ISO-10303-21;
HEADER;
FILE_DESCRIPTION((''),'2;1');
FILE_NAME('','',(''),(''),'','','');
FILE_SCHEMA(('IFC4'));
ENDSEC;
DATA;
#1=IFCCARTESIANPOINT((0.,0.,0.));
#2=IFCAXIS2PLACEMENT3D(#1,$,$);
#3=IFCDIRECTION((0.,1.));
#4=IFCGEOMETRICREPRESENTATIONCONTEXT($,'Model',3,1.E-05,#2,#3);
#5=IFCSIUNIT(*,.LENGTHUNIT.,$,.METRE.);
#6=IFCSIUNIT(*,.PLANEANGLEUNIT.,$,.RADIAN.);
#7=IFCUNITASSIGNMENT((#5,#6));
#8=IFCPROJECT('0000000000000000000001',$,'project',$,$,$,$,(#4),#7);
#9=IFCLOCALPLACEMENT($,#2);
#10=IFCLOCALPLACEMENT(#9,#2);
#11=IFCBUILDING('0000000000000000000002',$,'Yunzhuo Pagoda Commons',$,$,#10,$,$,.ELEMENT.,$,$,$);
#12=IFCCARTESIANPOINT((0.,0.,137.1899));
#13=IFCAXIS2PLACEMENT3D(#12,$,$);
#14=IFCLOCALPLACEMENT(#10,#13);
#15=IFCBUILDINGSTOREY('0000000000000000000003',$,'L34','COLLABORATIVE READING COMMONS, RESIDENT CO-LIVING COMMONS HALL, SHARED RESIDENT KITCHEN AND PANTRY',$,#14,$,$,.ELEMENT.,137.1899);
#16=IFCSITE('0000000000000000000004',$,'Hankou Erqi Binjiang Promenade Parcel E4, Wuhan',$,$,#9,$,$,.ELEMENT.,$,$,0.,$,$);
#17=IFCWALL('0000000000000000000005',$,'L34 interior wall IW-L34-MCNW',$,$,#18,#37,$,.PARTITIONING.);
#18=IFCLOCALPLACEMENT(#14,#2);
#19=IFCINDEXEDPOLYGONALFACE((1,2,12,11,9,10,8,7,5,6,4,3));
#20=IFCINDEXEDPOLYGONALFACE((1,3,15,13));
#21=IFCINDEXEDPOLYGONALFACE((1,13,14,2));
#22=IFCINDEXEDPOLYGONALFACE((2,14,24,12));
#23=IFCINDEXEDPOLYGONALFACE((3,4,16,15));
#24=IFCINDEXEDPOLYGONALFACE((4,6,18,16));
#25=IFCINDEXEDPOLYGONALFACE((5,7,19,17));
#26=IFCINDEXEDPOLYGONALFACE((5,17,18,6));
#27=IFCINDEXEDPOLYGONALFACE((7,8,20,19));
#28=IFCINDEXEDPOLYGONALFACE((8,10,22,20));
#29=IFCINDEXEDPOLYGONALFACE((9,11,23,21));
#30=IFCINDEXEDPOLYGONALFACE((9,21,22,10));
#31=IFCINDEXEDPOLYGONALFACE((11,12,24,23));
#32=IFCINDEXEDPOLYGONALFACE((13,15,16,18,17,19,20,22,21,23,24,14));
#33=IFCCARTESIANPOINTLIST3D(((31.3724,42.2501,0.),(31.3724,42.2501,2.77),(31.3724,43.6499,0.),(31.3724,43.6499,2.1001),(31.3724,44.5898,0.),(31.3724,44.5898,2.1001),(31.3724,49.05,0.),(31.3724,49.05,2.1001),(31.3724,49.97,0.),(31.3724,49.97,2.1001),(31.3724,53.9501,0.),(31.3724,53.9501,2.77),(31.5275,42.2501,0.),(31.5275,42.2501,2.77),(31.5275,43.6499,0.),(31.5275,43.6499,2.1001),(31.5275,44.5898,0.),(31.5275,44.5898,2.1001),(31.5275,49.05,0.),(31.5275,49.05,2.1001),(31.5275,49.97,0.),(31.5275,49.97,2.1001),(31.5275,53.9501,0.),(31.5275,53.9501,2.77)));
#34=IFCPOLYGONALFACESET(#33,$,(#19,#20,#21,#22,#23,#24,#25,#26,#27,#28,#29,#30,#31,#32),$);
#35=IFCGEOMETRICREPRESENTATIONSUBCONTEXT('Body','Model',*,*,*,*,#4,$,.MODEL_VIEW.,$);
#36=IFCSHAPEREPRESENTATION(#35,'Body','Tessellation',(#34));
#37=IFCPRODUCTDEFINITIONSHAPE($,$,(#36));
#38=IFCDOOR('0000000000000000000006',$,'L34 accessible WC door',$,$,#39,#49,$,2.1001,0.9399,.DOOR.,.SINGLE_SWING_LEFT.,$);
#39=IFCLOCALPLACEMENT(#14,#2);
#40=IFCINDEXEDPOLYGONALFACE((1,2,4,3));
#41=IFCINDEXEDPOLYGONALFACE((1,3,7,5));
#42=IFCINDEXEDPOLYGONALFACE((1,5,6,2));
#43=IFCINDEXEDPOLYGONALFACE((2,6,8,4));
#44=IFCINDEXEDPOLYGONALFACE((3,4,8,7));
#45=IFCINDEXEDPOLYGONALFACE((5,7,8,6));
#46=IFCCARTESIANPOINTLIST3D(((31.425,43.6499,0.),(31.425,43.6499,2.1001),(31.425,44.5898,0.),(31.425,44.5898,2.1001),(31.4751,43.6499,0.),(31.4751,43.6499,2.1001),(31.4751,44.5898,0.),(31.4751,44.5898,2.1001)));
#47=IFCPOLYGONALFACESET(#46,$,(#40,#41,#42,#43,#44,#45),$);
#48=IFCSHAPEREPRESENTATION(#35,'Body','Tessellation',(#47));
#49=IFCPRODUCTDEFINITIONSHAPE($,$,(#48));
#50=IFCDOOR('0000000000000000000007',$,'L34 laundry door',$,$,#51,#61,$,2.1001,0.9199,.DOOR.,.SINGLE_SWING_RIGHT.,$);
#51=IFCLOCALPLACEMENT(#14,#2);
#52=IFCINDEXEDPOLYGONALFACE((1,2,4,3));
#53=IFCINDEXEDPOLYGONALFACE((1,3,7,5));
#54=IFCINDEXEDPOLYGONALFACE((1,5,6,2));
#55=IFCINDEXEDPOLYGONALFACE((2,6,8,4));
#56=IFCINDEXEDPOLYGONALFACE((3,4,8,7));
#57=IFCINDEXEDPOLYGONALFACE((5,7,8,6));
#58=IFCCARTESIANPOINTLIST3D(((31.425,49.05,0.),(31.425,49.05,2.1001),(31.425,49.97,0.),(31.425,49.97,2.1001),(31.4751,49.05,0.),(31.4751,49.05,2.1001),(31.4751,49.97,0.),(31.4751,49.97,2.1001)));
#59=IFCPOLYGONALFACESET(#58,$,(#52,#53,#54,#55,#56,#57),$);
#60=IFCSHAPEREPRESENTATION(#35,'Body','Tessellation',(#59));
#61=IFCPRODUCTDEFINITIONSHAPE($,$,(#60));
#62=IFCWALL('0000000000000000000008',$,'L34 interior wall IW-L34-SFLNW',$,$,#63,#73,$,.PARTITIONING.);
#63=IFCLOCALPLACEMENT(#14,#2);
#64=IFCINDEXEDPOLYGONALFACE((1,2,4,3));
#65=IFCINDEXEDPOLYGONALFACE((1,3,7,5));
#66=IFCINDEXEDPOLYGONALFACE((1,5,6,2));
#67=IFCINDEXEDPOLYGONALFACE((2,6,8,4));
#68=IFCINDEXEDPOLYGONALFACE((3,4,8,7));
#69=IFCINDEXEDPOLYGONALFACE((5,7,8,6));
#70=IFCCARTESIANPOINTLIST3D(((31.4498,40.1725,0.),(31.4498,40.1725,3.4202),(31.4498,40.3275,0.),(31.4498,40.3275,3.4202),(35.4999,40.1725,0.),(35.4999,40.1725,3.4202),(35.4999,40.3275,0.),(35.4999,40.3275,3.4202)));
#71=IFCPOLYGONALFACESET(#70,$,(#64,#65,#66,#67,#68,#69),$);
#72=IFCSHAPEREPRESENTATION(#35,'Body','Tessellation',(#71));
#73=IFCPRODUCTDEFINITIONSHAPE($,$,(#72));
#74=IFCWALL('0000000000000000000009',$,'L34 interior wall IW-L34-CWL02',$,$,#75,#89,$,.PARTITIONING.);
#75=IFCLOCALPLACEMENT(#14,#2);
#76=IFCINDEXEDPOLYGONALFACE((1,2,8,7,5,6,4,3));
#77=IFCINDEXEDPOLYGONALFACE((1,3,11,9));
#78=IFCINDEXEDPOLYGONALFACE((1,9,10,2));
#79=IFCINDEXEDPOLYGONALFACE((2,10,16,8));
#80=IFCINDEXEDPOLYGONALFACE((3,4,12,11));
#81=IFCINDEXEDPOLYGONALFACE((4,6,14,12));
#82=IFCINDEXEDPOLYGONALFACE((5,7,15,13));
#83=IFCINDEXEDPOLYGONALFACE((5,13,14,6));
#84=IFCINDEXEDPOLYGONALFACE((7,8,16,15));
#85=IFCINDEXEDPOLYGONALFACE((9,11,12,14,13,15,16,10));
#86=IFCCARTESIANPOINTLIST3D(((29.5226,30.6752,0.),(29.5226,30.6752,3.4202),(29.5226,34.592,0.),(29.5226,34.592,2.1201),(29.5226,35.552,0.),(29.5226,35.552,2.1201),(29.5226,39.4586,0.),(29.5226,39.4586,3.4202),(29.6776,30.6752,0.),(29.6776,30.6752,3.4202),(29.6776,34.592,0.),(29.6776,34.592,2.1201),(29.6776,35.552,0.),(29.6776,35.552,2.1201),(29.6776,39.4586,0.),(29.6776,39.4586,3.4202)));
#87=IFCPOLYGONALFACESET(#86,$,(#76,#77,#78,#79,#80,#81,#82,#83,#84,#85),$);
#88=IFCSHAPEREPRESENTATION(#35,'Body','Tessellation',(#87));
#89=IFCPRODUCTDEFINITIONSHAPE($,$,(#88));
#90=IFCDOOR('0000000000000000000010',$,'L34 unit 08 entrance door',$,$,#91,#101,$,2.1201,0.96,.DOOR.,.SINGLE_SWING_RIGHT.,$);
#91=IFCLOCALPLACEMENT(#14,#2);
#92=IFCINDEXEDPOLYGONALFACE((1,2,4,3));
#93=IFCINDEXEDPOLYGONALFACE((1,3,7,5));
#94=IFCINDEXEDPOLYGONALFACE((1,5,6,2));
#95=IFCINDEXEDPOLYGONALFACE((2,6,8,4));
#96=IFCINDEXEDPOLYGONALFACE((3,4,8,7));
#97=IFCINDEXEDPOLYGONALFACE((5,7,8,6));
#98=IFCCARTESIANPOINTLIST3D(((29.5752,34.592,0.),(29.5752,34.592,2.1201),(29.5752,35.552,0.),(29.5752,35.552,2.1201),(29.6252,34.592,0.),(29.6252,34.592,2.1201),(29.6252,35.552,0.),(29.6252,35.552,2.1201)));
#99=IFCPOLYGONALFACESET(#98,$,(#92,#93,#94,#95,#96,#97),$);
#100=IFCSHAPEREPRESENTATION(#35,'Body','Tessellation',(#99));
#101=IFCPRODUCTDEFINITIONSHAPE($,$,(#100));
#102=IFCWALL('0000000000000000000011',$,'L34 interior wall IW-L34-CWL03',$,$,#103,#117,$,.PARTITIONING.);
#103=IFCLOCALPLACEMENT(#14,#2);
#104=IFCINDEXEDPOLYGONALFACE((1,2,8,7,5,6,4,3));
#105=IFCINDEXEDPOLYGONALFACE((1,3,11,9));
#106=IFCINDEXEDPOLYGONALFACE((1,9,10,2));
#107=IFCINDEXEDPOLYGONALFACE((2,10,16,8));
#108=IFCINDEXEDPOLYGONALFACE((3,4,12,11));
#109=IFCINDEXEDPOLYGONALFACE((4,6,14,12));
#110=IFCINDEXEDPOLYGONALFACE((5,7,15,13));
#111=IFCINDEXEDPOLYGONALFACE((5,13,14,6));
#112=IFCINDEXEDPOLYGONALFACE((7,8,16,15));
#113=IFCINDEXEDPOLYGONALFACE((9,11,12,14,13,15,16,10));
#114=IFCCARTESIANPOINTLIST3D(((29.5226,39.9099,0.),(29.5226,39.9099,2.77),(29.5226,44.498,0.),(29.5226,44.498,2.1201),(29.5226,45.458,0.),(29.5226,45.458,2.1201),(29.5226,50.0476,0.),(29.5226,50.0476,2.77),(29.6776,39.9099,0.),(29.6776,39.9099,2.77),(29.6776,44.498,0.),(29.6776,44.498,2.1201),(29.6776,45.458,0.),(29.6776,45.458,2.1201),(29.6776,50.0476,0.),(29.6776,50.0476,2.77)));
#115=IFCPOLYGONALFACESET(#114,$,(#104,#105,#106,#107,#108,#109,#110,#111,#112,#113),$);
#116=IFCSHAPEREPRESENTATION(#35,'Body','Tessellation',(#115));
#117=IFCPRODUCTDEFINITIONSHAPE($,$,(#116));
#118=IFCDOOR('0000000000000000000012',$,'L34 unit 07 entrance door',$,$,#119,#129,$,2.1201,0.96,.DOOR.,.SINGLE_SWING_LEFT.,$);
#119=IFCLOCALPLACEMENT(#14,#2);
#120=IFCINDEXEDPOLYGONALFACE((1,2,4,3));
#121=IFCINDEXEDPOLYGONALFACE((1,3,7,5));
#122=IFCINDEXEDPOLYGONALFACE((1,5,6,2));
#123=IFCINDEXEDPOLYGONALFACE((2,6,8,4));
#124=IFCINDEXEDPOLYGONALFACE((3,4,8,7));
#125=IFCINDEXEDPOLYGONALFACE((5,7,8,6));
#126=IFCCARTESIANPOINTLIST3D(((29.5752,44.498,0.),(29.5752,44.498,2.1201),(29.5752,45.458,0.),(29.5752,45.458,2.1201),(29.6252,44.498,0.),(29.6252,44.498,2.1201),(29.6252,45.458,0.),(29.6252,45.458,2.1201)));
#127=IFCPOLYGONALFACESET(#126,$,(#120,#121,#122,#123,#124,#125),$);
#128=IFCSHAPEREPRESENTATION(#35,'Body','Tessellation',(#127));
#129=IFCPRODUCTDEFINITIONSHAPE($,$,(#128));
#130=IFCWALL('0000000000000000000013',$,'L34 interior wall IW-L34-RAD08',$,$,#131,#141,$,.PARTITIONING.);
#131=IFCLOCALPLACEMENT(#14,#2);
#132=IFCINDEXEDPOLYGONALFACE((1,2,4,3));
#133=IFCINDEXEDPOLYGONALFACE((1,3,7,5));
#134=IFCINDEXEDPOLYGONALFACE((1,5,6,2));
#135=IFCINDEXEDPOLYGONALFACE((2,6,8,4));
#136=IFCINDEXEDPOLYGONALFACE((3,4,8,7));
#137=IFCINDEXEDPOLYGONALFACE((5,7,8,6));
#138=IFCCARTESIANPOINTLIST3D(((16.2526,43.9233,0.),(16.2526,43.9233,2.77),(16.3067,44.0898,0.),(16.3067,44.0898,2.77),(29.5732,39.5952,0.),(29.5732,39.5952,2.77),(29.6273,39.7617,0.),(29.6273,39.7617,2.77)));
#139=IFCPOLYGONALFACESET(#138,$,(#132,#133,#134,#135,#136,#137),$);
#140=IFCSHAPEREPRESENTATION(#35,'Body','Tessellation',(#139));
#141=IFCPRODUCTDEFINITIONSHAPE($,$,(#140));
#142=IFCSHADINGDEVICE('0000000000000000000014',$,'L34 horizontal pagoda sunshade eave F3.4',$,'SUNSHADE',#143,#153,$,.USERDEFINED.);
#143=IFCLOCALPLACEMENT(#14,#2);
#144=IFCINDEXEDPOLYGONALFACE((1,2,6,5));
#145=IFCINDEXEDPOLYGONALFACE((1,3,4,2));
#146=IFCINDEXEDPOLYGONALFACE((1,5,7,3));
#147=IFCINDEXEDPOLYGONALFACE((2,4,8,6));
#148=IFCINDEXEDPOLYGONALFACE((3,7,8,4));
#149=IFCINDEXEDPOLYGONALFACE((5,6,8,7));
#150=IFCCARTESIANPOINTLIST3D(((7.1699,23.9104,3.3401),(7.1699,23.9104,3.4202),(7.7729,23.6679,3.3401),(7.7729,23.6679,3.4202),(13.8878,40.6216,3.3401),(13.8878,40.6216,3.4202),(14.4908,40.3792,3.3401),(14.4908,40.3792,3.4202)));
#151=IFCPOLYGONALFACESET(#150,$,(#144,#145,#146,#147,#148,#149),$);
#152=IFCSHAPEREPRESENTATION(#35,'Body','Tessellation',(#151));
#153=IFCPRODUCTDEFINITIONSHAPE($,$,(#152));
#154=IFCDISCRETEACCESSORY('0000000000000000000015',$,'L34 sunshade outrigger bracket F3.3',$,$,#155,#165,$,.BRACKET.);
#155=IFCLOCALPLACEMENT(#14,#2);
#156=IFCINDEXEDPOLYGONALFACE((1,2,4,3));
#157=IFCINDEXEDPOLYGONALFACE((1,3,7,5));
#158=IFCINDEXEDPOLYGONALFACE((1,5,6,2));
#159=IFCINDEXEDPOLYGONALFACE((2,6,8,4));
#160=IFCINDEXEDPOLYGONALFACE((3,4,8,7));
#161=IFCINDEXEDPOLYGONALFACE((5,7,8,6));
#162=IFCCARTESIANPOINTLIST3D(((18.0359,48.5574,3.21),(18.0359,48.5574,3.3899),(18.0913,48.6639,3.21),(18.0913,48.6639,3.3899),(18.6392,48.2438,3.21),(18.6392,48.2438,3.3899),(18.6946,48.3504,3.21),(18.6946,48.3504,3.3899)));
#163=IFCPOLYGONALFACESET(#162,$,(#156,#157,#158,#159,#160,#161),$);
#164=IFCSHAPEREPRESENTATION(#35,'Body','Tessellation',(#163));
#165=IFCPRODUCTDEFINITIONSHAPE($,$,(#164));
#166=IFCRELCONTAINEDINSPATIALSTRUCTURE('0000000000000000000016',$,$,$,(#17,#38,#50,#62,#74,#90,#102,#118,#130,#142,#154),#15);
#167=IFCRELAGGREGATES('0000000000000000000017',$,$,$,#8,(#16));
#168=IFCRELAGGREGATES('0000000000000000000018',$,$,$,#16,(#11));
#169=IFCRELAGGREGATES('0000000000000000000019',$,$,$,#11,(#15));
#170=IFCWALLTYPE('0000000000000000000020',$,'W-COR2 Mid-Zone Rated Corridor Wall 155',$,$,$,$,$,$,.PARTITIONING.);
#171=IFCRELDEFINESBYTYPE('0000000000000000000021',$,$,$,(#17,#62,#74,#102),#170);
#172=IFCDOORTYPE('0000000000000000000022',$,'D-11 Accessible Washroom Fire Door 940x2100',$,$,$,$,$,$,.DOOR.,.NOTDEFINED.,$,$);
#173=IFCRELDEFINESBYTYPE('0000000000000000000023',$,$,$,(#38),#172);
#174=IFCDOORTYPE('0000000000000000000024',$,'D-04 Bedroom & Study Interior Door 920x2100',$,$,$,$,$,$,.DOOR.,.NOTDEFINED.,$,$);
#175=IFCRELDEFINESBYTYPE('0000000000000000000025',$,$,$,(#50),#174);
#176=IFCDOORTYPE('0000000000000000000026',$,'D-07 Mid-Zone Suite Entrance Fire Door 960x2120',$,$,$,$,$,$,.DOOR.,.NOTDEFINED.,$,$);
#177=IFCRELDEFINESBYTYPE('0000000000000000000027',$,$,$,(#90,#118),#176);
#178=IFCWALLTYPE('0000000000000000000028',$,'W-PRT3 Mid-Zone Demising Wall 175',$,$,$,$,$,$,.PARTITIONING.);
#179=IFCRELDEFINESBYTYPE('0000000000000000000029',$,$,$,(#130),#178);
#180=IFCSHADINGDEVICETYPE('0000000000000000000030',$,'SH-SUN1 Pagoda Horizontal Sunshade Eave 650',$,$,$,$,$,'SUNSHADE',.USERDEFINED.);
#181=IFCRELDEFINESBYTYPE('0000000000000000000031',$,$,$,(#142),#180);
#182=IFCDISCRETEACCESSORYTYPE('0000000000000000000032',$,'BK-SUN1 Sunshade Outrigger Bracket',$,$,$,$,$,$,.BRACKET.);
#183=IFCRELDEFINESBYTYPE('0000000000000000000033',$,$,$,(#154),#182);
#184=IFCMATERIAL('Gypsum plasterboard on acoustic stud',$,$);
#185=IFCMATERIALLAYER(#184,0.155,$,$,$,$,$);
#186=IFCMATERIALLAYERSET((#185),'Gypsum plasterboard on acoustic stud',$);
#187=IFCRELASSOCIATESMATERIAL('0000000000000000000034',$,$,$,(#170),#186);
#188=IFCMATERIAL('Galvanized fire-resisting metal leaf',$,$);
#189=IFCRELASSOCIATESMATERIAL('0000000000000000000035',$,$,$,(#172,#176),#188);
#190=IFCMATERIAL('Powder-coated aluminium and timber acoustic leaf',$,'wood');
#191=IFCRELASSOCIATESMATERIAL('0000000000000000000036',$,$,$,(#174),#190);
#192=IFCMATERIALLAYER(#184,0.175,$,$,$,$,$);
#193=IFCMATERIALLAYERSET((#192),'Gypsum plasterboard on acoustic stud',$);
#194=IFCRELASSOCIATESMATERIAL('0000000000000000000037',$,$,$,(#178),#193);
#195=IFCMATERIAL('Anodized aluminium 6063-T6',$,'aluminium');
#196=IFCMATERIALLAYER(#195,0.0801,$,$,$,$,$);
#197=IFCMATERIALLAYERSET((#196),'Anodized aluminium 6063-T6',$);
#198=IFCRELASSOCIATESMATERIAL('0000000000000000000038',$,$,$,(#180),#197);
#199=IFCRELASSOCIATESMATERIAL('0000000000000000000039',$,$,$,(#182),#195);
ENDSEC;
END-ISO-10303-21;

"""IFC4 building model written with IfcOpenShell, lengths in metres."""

from ifc_helpers import new_model, si_unit, direction, frame, frame_2d, origin, origin_with_axes, origin_2d, place, context, subcontext, project, spatial, rectangle, extrude, source, transform, mapped, material, layer, layer_set, type_object, element, fill, save


model = new_model("IFC4")

# Units and contexts
model_context = context("Model", 3, precision=1e-05, world=origin(), true_north=direction((0.0, 1.0)))
body_context = subcontext(model_context, "Body", "Model", "MODEL_VIEW")
ifc_project = project(units=[si_unit("LENGTHUNIT", "METRE"), si_unit("PLANEANGLEUNIT", "RADIAN")], contexts=[model_context])

# Site, building, storey
site_placement = place(None, origin())
site = spatial("IfcSite", under=ifc_project, at=site_placement, Name="Hankou Erqi Binjiang Promenade Parcel E4, Wuhan", CompositionType="ELEMENT", RefElevation=0.0)
building_placement = place(site_placement, origin())
building = spatial("IfcBuilding", under=site, at=building_placement, Name="Yunzhuo Pagoda Commons", CompositionType="ELEMENT")
storey_placement = place(building_placement, frame((0.0, 0.0, 137.1899)))
storey = spatial("IfcBuildingStorey", under=building, at=storey_placement, Name="L34", Description="COLLABORATIVE READING COMMONS, RESIDENT CO-LIVING COMMONS HALL, SHARED RESIDENT KITCHEN AND PANTRY", CompositionType="ELEMENT", Elevation=137.1899)

# Shared definitions
ifc_material_1 = material(Name="Anodized aluminium 6063-T6", Category="aluminium")

# Shared definitions
ifc_material_2 = material(Name="Gypsum plasterboard on acoustic stud")
ifc_layer_1 = layer(ifc_material_2, 0.155)
ifc_layer_set_1 = layer_set([ifc_layer_1], Name="Gypsum plasterboard on acoustic stud")
wall_type_1 = type_object("IfcWallType", Name="W-COR2 Mid-Zone Rated Corridor Wall 155", PredefinedType="PARTITIONING", material=ifc_layer_set_1)

# Wall, openings, doors
wall_1_placement = place(storey_placement, frame((31.45, 42.25, 0.0), z_axis=(0.0, 0.0, 1.0), x_axis=(0.0, 1.0, 0.0)))
wall_1 = element("IfcWall", 1, at=wall_1_placement, inside=storey, type_object=wall_type_1, Name="L34 interior wall IW-L34-MCNW", PredefinedType="PARTITIONING", context=body_context, shape_type="SweptSolid", body=[
    extrude(rectangle(XDim=11.7, YDim=0.155, at=frame_2d((5.8501, 0.0))), origin(), (0.0, 0.0, 1.0), 2.77),
])
opening_1_placement = place(wall_1_placement, frame((1.3999, 0.0, 0.0)))
opening_1 = element("IfcOpeningElement", 2, at=opening_1_placement, cuts=wall_1, PredefinedType="OPENING", context=body_context, shape_type="SweptSolid", body=[
    extrude(rectangle(XDim=0.9399, YDim=2.1001, at=frame_2d((0.47, 1.05))), frame((0.0, 0.0874, 0.0), z_axis=(0.0, -1.0, 0.0), x_axis=(1.0, 0.0, 0.0)), (0.0, 0.0, 1.0), 0.175),
])
opening_2_placement = place(wall_1_placement, frame((6.8, 0.0, 0.0)))
opening_2 = element("IfcOpeningElement", 3, at=opening_2_placement, cuts=wall_1, PredefinedType="OPENING", context=body_context, shape_type="SweptSolid", body=[
    extrude(rectangle(XDim=0.9199, YDim=2.1001, at=frame_2d((0.46, 1.05))), frame((0.0, 0.0874, 0.0), z_axis=(0.0, -1.0, 0.0), x_axis=(1.0, 0.0, 0.0)), (0.0, 0.0, 1.0), 0.175),
])
ifc_material_3 = material(Name="Galvanized fire-resisting metal leaf")
door_type_1 = type_object("IfcDoorType", Name="D-11 Accessible Washroom Fire Door 940x2100", OperationType="NOTDEFINED", PredefinedType="DOOR", material=ifc_material_3)
shared_shape_1 = source(origin(), body_context, "Body", "SweptSolid", [
    extrude(rectangle(XDim=0.9399, YDim=2.1001, at=frame_2d((0.47, 1.05))), frame((0.0, 0.0249, 0.0), z_axis=(0.0, -1.0, 0.0), x_axis=(1.0, 0.0, 0.0)), (0.0, 0.0, 1.0), 0.05),
])
door_1_placement = place(opening_1_placement, origin_with_axes())
door_1 = element("IfcDoor", 4, at=door_1_placement, inside=storey, type_object=door_type_1, Name="L34 accessible WC door", OperationType="SINGLE_SWING_LEFT", OverallHeight=2.1001, OverallWidth=0.9399, PredefinedType="DOOR", context=body_context, shape_type="MappedRepresentation", body=[
    mapped(shared_shape_1, transform((0.0, 0.0, 0.0), scale=1.0)),
])
fill(opening_1, door_1)
ifc_material_4 = material(Name="Powder-coated aluminium and timber acoustic leaf", Category="wood")
door_type_2 = type_object("IfcDoorType", Name="D-04 Bedroom & Study Interior Door 920x2100", OperationType="NOTDEFINED", PredefinedType="DOOR", material=ifc_material_4)
shared_shape_2 = source(origin(), body_context, "Body", "SweptSolid", [
    extrude(rectangle(XDim=0.9199, YDim=2.1001, at=frame_2d((0.46, 1.05))), frame((0.0, 0.0249, 0.0), z_axis=(0.0, -1.0, 0.0), x_axis=(1.0, 0.0, 0.0)), (0.0, 0.0, 1.0), 0.05),
])
door_2_placement = place(opening_2_placement, origin_with_axes())
door_2 = element("IfcDoor", 5, at=door_2_placement, inside=storey, type_object=door_type_2, Name="L34 laundry door", OperationType="SINGLE_SWING_RIGHT", OverallHeight=2.1001, OverallWidth=0.9199, PredefinedType="DOOR", context=body_context, shape_type="MappedRepresentation", body=[
    mapped(shared_shape_2, transform((0.0, 0.0, 0.0), scale=1.0)),
])
fill(opening_2, door_2)

# Wall
wall_2_placement = place(storey_placement, frame((31.45, 40.25, 0.0), z_axis=(0.0, 0.0, 1.0), x_axis=(1.0, 0.0, 0.0)))
element("IfcWall", 6, at=wall_2_placement, inside=storey, type_object=wall_type_1, Name="L34 interior wall IW-L34-SFLNW", PredefinedType="PARTITIONING", context=body_context, shape_type="SweptSolid", body=[
    extrude(rectangle(XDim=4.05, YDim=0.155, at=frame_2d((2.0249, 0.0))), origin(), (0.0, 0.0, 1.0), 3.4202),
])

# Walls, openings, doors
wall_3_placement = place(storey_placement, frame((29.6001, 30.6753, 0.0), z_axis=(0.0, 0.0, 1.0), x_axis=(0.0, 1.0, 0.0)))
wall_3 = element("IfcWall", 7, at=wall_3_placement, inside=storey, type_object=wall_type_1, Name="L34 interior wall IW-L34-CWL02", PredefinedType="PARTITIONING", context=body_context, shape_type="SweptSolid", body=[
    extrude(rectangle(XDim=8.7834, YDim=0.155, at=frame_2d((4.3916, 0.0))), origin(), (0.0, 0.0, 1.0), 3.4202),
])
opening_3_placement = place(wall_3_placement, frame((3.9167, 0.0, 0.0)))
opening_3 = element("IfcOpeningElement", 8, at=opening_3_placement, cuts=wall_3, PredefinedType="OPENING", context=body_context, shape_type="SweptSolid", body=[
    extrude(rectangle(XDim=0.96, YDim=2.1201, at=frame_2d((0.48, 1.0601))), frame((0.0, 0.0874, 0.0), z_axis=(0.0, -1.0, 0.0), x_axis=(1.0, 0.0, 0.0)), (0.0, 0.0, 1.0), 0.175),
])
door_type_3 = type_object("IfcDoorType", Name="D-07 Mid-Zone Suite Entrance Fire Door 960x2120", OperationType="NOTDEFINED", PredefinedType="DOOR", material=ifc_material_3)
shared_shape_3 = source(origin(), body_context, "Body", "SweptSolid", [
    extrude(rectangle(XDim=0.96, YDim=2.1201, at=frame_2d((0.48, 1.0601))), frame((0.0, 0.0249, 0.0), z_axis=(0.0, -1.0, 0.0), x_axis=(1.0, 0.0, 0.0)), (0.0, 0.0, 1.0), 0.05),
])
door_3_placement = place(opening_3_placement, origin_with_axes())
door_3 = element("IfcDoor", 9, at=door_3_placement, inside=storey, type_object=door_type_3, Name="L34 unit 08 entrance door", OperationType="SINGLE_SWING_RIGHT", OverallHeight=2.1201, OverallWidth=0.96, PredefinedType="DOOR", context=body_context, shape_type="MappedRepresentation", body=[
    mapped(shared_shape_3, transform((0.0, 0.0, 0.0), scale=1.0)),
])
fill(opening_3, door_3)
wall_4_placement = place(storey_placement, frame((29.6001, 39.9099, 0.0), z_axis=(0.0, 0.0, 1.0), x_axis=(0.0, 1.0, 0.0)))
wall_4 = element("IfcWall", 10, at=wall_4_placement, inside=storey, type_object=wall_type_1, Name="L34 interior wall IW-L34-CWL03", PredefinedType="PARTITIONING", context=body_context, shape_type="SweptSolid", body=[
    extrude(rectangle(XDim=10.1377, YDim=0.155, at=frame_2d((5.0688, 0.0))), origin(), (0.0, 0.0, 1.0), 2.77),
])
opening_4_placement = place(wall_4_placement, frame((4.5881, 0.0, 0.0)))
opening_4 = element("IfcOpeningElement", 11, at=opening_4_placement, cuts=wall_4, PredefinedType="OPENING", context=body_context, shape_type="SweptSolid", body=[
    extrude(rectangle(XDim=0.96, YDim=2.1201, at=frame_2d((0.48, 1.0601))), frame((0.0, 0.0874, 0.0), z_axis=(0.0, -1.0, 0.0), x_axis=(1.0, 0.0, 0.0)), (0.0, 0.0, 1.0), 0.175),
])
door_4_placement = place(opening_4_placement, origin_with_axes())
door_4 = element("IfcDoor", 12, at=door_4_placement, inside=storey, type_object=door_type_3, Name="L34 unit 07 entrance door", OperationType="SINGLE_SWING_LEFT", OverallHeight=2.1201, OverallWidth=0.96, PredefinedType="DOOR", context=body_context, shape_type="MappedRepresentation", body=[
    mapped(shared_shape_3, transform((0.0, 0.0, 0.0), scale=1.0)),
])
fill(opening_4, door_4)

# Wall
ifc_layer_2 = layer(ifc_material_2, 0.175)
ifc_layer_set_2 = layer_set([ifc_layer_2], Name="Gypsum plasterboard on acoustic stud")
wall_type_2 = type_object("IfcWallType", Name="W-PRT3 Mid-Zone Demising Wall 175", PredefinedType="PARTITIONING", material=ifc_layer_set_2)
wall_5_placement = place(storey_placement, frame((29.6001, 39.6785, 0.0), z_axis=(0.0, 0.0, 1.0), x_axis=(-0.951056, 0.309018, 0.0)))
element("IfcWall", 13, at=wall_5_placement, inside=storey, type_object=wall_type_2, Name="L34 interior wall IW-L34-RAD08", PredefinedType="PARTITIONING", context=body_context, shape_type="SweptSolid", body=[
    extrude(rectangle(XDim=14.0061, YDim=0.175, at=frame_2d((7.0029, 0.0))), origin(), (0.0, 0.0, 1.0), 2.77),
])

# Shading device
ifc_layer_3 = layer(ifc_material_1, 0.0801)
ifc_layer_set_3 = layer_set([ifc_layer_3], Name="Anodized aluminium 6063-T6")
shading_device_type = type_object("IfcShadingDeviceType", Name="SH-SUN1 Pagoda Horizontal Sunshade Eave 650", ElementType="SUNSHADE", PredefinedType="USERDEFINED", material=ifc_layer_set_3)
shared_shape_4 = source(origin(), body_context, "Body", "SweptSolid", [
    extrude(rectangle(XDim=18.011, YDim=0.6499, at=origin_2d()), origin(), (0.0, 0.0, 1.0), 0.0801),
])
shading_device_placement = place(storey_placement, frame((10.8303, 32.1448, 3.3401), z_axis=(0.0, 0.0, 1.0), x_axis=(-0.372988, -0.927836, 0.0)))
element("IfcShadingDevice", 14, at=shading_device_placement, inside=storey, type_object=shading_device_type, Name="L34 horizontal pagoda sunshade eave F3.4", ObjectType="SUNSHADE", PredefinedType="USERDEFINED", context=body_context, shape_type="MappedRepresentation", body=[
    mapped(shared_shape_4, transform((0.0, 0.0, 0.0), scale=1.0)),
])

# Discrete accessory
discrete_accessory_type = type_object("IfcDiscreteAccessoryType", Name="BK-SUN1 Sunshade Outrigger Bracket", PredefinedType="BRACKET", material=ifc_material_1)
shared_shape_5 = source(origin(), body_context, "Body", "SweptSolid", [
    extrude(rectangle(XDim=0.1201, YDim=0.6799, at=origin_2d()), origin(), (0.0, 0.0, 1.0), 0.1799),
])
discrete_accessory_placement = place(storey_placement, frame((18.3652, 48.4539, 3.21), z_axis=(0.0, 0.0, 1.0), x_axis=(-0.461207, -0.887293, 0.0)))
element("IfcDiscreteAccessory", 15, at=discrete_accessory_placement, inside=storey, type_object=discrete_accessory_type, Name="L34 sunshade outrigger bracket F3.3", PredefinedType="BRACKET", context=body_context, shape_type="MappedRepresentation", body=[
    mapped(shared_shape_5, transform((0.0, 0.0, 0.0), scale=1.0)),
])

save(model, "model.ifc")
